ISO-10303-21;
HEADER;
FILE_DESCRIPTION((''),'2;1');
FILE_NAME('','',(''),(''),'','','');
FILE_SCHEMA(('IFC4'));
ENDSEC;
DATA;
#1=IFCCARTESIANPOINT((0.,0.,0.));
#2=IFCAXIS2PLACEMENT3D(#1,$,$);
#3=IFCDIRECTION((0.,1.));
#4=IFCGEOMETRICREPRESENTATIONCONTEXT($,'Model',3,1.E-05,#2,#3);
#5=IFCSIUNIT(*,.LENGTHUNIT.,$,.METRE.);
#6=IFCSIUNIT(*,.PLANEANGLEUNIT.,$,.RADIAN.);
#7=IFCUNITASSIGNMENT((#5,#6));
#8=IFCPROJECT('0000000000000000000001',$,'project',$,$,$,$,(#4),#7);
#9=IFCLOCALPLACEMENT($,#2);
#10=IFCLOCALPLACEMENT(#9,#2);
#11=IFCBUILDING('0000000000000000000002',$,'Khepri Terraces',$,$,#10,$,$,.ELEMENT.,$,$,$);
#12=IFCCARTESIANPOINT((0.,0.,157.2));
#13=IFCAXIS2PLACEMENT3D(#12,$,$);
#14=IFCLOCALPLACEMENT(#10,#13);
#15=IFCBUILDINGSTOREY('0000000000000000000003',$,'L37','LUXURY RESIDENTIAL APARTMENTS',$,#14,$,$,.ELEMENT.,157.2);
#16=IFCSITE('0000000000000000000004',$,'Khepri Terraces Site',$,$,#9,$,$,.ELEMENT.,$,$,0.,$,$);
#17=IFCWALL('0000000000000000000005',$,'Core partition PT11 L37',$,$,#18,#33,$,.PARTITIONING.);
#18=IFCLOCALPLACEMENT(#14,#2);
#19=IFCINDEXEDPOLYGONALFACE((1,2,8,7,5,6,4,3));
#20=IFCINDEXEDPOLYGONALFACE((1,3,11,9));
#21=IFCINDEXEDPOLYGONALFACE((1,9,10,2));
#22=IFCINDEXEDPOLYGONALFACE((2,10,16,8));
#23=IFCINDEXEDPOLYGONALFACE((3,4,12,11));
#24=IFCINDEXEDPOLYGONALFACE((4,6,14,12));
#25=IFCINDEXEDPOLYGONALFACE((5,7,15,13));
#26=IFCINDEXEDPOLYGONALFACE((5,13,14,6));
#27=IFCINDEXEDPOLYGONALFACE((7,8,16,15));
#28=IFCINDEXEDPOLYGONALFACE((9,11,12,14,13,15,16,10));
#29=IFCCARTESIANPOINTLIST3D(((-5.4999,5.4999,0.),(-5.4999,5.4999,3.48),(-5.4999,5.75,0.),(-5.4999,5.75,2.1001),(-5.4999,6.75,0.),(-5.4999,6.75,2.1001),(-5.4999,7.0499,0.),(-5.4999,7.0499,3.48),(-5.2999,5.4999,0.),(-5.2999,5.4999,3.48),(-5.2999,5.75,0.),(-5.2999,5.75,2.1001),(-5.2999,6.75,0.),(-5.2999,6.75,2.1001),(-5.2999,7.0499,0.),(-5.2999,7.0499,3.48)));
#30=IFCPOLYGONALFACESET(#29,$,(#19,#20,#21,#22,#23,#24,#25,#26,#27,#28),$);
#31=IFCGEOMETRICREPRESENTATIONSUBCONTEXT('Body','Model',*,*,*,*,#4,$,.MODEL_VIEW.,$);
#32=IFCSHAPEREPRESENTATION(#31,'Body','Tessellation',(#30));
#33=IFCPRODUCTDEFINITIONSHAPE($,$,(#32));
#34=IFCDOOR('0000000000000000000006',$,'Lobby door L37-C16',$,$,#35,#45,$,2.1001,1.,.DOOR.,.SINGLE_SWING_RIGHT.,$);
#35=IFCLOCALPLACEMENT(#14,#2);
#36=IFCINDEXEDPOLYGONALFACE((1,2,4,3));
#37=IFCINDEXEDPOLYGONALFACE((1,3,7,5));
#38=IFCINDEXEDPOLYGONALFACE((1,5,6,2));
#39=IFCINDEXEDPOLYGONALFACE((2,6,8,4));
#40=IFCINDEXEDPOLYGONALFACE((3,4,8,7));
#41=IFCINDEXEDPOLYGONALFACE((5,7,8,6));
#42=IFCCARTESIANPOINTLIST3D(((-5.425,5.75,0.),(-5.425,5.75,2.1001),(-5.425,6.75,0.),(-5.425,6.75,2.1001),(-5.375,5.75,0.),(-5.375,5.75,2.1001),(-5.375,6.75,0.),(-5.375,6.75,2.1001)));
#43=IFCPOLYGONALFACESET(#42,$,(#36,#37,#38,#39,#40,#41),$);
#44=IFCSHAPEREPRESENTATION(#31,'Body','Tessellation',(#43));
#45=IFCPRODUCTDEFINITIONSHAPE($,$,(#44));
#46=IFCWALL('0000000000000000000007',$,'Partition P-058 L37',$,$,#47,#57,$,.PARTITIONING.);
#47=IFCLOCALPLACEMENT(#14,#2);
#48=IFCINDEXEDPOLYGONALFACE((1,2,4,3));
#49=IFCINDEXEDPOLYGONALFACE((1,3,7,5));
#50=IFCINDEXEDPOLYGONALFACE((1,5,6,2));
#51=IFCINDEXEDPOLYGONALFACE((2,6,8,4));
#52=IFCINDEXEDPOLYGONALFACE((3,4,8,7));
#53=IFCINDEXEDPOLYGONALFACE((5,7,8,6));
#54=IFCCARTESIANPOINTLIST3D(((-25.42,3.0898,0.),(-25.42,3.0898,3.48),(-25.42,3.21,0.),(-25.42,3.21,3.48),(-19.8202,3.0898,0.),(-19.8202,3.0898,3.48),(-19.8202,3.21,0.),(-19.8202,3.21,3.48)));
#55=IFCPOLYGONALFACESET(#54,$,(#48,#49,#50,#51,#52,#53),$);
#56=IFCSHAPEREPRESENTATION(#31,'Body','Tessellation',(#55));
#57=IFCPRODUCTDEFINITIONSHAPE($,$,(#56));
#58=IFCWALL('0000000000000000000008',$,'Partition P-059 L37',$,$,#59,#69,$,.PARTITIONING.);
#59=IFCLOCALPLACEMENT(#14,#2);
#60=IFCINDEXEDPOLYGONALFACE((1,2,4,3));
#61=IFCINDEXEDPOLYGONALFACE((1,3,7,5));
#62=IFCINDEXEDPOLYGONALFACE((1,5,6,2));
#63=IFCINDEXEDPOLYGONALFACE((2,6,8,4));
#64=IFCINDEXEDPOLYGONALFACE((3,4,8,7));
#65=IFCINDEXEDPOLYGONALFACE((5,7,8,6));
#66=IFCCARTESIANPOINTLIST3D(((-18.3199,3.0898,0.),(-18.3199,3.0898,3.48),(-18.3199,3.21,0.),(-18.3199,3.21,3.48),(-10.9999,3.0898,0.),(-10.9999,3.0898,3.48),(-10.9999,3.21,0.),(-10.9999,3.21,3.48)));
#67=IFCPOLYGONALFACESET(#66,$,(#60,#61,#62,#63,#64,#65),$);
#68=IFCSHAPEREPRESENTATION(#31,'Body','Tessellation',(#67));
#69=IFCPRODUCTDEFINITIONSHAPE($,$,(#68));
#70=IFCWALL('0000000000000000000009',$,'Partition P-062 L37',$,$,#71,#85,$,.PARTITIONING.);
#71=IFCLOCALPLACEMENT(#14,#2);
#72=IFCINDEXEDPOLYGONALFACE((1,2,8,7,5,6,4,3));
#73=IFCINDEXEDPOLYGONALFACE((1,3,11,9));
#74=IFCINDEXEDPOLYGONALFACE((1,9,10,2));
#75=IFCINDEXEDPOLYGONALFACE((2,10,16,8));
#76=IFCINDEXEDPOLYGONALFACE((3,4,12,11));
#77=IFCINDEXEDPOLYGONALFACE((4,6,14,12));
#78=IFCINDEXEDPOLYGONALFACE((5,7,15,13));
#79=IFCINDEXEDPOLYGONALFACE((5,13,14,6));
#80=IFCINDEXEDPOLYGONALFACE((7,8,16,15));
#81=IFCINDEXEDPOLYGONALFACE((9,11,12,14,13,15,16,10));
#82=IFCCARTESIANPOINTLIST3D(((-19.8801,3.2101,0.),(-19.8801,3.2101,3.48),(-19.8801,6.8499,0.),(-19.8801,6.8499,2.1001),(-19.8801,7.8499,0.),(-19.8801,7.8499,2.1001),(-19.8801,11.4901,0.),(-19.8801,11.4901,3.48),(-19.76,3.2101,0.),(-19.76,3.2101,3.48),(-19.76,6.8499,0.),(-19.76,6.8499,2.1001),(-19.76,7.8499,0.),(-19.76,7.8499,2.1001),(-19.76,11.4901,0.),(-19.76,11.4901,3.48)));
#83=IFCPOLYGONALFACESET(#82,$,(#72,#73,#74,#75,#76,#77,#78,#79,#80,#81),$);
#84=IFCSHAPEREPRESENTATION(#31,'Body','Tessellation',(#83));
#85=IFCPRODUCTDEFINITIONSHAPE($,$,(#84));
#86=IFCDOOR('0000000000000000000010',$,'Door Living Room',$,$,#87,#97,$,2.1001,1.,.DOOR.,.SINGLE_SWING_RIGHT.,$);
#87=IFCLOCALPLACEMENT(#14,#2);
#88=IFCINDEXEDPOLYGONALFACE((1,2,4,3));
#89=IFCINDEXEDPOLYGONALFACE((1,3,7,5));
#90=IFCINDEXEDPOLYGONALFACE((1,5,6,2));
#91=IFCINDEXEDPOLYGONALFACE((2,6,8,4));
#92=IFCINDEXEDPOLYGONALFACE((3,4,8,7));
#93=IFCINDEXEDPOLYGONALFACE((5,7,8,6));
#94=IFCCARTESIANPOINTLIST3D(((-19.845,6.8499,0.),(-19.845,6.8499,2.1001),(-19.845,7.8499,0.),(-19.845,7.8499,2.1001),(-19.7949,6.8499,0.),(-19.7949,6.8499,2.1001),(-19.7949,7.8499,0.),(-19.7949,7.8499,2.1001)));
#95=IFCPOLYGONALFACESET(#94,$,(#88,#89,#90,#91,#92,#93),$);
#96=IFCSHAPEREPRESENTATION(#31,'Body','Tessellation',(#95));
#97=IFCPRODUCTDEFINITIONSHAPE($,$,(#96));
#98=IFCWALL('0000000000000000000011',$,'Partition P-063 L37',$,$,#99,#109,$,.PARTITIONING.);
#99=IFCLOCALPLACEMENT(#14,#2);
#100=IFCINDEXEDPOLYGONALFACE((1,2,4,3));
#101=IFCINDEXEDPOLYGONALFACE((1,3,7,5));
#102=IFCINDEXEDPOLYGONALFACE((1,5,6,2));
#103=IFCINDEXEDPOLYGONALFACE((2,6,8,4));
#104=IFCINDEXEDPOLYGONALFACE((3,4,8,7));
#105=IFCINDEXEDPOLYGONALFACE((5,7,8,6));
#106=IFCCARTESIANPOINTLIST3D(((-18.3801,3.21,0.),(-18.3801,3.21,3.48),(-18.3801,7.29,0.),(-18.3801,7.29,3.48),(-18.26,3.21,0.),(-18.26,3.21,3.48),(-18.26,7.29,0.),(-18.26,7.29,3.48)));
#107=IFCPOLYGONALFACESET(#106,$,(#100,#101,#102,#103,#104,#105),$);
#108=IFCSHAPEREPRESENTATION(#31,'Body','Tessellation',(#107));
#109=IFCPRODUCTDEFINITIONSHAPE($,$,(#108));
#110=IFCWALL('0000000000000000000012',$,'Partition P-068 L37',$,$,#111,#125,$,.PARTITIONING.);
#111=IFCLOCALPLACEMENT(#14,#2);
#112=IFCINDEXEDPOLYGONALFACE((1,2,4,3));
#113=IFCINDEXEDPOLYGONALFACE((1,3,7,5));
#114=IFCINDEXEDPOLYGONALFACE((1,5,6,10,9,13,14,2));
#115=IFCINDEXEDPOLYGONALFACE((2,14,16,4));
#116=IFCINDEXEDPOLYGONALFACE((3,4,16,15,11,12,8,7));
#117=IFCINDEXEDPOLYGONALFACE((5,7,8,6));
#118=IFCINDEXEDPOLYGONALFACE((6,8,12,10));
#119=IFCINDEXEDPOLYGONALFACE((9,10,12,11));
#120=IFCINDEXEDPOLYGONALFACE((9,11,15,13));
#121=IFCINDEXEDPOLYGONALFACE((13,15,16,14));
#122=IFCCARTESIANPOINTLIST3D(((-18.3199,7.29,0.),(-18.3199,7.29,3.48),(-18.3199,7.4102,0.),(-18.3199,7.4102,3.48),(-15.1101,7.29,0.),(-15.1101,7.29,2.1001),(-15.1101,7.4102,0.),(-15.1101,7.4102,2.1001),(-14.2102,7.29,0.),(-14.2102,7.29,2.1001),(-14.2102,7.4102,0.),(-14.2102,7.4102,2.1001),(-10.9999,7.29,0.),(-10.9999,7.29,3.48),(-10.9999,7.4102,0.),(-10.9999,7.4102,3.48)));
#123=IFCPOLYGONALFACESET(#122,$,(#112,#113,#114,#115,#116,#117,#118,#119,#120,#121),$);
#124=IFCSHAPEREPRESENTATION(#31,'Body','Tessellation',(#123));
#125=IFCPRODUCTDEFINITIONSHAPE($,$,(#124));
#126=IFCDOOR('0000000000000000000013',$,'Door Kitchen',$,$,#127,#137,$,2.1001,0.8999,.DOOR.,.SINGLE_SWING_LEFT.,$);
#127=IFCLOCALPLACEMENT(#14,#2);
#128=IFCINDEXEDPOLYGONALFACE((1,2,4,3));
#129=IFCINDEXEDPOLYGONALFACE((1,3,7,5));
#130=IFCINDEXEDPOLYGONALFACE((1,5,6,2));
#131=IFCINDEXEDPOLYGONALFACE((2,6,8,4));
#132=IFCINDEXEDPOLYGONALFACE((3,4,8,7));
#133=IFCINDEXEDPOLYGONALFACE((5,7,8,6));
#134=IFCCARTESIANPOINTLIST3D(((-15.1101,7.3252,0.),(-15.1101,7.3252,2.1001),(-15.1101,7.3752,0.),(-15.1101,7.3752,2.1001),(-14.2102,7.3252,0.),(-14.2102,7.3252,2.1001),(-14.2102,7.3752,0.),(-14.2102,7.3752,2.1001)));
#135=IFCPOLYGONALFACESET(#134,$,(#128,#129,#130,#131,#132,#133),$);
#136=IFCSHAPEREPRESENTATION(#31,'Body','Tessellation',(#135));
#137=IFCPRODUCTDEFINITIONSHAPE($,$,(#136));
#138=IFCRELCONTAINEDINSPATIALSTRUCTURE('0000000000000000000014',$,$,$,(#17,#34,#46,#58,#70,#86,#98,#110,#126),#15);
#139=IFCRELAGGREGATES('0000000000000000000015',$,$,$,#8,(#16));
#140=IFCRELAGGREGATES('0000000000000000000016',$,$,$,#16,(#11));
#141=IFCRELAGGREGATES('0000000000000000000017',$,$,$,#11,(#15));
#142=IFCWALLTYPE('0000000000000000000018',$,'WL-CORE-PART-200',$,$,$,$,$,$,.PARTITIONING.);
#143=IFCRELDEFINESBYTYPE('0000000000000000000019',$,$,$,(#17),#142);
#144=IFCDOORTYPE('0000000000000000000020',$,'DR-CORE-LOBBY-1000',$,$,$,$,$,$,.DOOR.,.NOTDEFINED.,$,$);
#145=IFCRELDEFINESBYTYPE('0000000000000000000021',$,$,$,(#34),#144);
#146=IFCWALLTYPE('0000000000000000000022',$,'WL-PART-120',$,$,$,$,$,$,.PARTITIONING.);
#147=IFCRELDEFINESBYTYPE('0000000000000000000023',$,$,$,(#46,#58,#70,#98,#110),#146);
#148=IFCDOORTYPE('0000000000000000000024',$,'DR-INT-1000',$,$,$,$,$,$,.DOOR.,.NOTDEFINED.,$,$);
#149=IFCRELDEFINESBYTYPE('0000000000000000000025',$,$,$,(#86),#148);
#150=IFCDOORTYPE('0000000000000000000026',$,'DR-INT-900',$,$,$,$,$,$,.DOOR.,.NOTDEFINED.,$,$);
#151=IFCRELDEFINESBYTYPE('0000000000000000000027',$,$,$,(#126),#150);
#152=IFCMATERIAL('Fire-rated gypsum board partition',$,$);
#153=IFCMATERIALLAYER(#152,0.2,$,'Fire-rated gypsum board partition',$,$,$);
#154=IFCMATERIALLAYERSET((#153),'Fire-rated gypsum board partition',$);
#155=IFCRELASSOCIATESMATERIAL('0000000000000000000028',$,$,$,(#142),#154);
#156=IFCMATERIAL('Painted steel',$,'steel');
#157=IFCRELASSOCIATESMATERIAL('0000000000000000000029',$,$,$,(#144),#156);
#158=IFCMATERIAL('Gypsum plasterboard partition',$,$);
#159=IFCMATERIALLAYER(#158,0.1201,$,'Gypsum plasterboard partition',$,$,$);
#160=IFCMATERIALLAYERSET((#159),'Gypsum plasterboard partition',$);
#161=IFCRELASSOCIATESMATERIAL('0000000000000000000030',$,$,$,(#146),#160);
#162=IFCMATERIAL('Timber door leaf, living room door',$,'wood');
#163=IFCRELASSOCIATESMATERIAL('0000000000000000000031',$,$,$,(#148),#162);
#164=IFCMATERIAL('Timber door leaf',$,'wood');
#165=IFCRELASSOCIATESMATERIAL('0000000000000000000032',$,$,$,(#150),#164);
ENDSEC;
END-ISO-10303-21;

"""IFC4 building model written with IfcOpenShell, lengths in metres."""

from ifc_helpers import new_model, si_unit, direction, frame, frame_2d, origin, place, context, subcontext, project, spatial, rectangle, extrude, material, layer, layer_set, type_object, element, fill, save


model = new_model("IFC4")

# Units and contexts
model_context = context("Model", 3, precision=1e-05, world=origin(), true_north=direction((0.0, 1.0)))
body_context = subcontext(model_context, "Body", "Model", "MODEL_VIEW")
ifc_project = project(units=[si_unit("LENGTHUNIT", "METRE"), si_unit("PLANEANGLEUNIT", "RADIAN")], contexts=[model_context])

# Site, building, storey
site_placement = place(None, origin())
site = spatial("IfcSite", under=ifc_project, at=site_placement, Name="Khepri Terraces Site", CompositionType="ELEMENT", RefElevation=0.0)
building_placement = place(site_placement, origin())
building = spatial("IfcBuilding", under=site, at=building_placement, Name="Khepri Terraces", CompositionType="ELEMENT")
storey_placement = place(building_placement, frame((0.0, 0.0, 157.2)))
storey = spatial("IfcBuildingStorey", under=building, at=storey_placement, Name="L37", Description="LUXURY RESIDENTIAL APARTMENTS", CompositionType="ELEMENT", Elevation=157.2)

# Shared definitions
ifc_material_1 = material(Name="Painted steel", Category="steel")

# Shared definitions
ifc_material_2 = material(Name="Fire-rated gypsum board partition")

# Wall, opening, door
ifc_layer_1 = layer(ifc_material_2, 0.2, Name="Fire-rated gypsum board partition")
ifc_layer_set_1 = layer_set([ifc_layer_1], Name="Fire-rated gypsum board partition")
wall_type_1 = type_object("IfcWallType", Name="WL-CORE-PART-200", PredefinedType="PARTITIONING", material=ifc_layer_set_1)
wall_1_placement = place(storey_placement, frame((-5.3999, 5.5, 0.0), z_axis=(0.0, 0.0, 1.0), x_axis=(0.0, 1.0, 0.0)))
wall_1 = element("IfcWall", 1, at=wall_1_placement, inside=storey, type_object=wall_type_1, Name="Core partition PT11 L37", PredefinedType="PARTITIONING", context=body_context, shape_type="SweptSolid", body=[
    extrude(rectangle(XDim=1.55, YDim=0.2, at=frame_2d((0.7749, 0.0))), origin(), (0.0, 0.0, 1.0), 3.48),
])
opening_1_placement = place(wall_1_placement, frame((0.25, 0.0, 0.0)))
opening_1 = element("IfcOpeningElement", 2, at=opening_1_placement, cuts=wall_1, PredefinedType="OPENING", context=body_context, shape_type="SweptSolid", body=[
    extrude(rectangle(XDim=1.0, YDim=2.1001, at=frame_2d((0.5, 1.05))), frame((0.0, 0.1099, 0.0), z_axis=(0.0, -1.0, 0.0), x_axis=(1.0, 0.0, 0.0)), (0.0, 0.0, 1.0), 0.22),
])
door_type_1 = type_object("IfcDoorType", Name="DR-CORE-LOBBY-1000", OperationType="NOTDEFINED", PredefinedType="DOOR", material=ifc_material_1)
door_1_placement = place(opening_1_placement, frame((1.0, 0.0, 0.0), z_axis=(0.0, 0.0, 1.0), x_axis=(-1.0, 0.0, 0.0)))
door_1 = element("IfcDoor", 3, at=door_1_placement, inside=storey, type_object=door_type_1, Name="Lobby door L37-C16", OperationType="SINGLE_SWING_RIGHT", OverallHeight=2.1001, OverallWidth=1.0, PredefinedType="DOOR", context=body_context, shape_type="SweptSolid", body=[
    extrude(rectangle(XDim=1.0, YDim=2.1001, at=frame_2d((0.5, 1.05))), frame((0.0, 0.0249, 0.0), z_axis=(0.0, -1.0, 0.0), x_axis=(1.0, 0.0, 0.0)), (0.0, 0.0, 1.0), 0.05),
])
fill(opening_1, door_1)

# Walls
ifc_material_3 = material(Name="Gypsum plasterboard partition")
ifc_layer_2 = layer(ifc_material_3, 0.1201, Name="Gypsum plasterboard partition")
ifc_layer_set_2 = layer_set([ifc_layer_2], Name="Gypsum plasterboard partition")
wall_type_2 = type_object("IfcWallType", Name="WL-PART-120", PredefinedType="PARTITIONING", material=ifc_layer_set_2)
wall_2_placement = place(storey_placement, frame((-25.4199, 3.1499, 0.0), z_axis=(0.0, 0.0, 1.0), x_axis=(1.0, 0.0, 0.0)))
element("IfcWall", 4, at=wall_2_placement, inside=storey, type_object=wall_type_2, Name="Partition P-058 L37", PredefinedType="PARTITIONING", context=body_context, shape_type="SweptSolid", body=[
    extrude(rectangle(XDim=5.5999, YDim=0.1201, at=frame_2d((2.7998, 0.0))), origin(), (0.0, 0.0, 1.0), 3.48),
])
wall_3_placement = place(storey_placement, frame((-18.3201, 3.1499, 0.0), z_axis=(0.0, 0.0, 1.0), x_axis=(1.0, 0.0, 0.0)))
element("IfcWall", 5, at=wall_3_placement, inside=storey, type_object=wall_type_2, Name="Partition P-059 L37", PredefinedType="PARTITIONING", context=body_context, shape_type="SweptSolid", body=[
    extrude(rectangle(XDim=7.3201, YDim=0.1201, at=frame_2d((3.6602, 0.0))), origin(), (0.0, 0.0, 1.0), 3.48),
])

# Wall, opening, door
wall_4_placement = place(storey_placement, frame((-19.8201, 3.21, 0.0), z_axis=(0.0, 0.0, 1.0), x_axis=(0.0, 1.0, 0.0)))
wall_4 = element("IfcWall", 6, at=wall_4_placement, inside=storey, type_object=wall_type_2, Name="Partition P-062 L37", PredefinedType="PARTITIONING", context=body_context, shape_type="SweptSolid", body=[
    extrude(rectangle(XDim=8.28, YDim=0.1201, at=frame_2d((4.1401, 0.0))), origin(), (0.0, 0.0, 1.0), 3.48),
])
opening_2_placement = place(wall_4_placement, frame((3.6399, 0.0, 0.0)))
opening_2 = element("IfcOpeningElement", 7, at=opening_2_placement, cuts=wall_4, PredefinedType="OPENING", context=body_context, shape_type="SweptSolid", body=[
    extrude(rectangle(XDim=1.0, YDim=2.1001, at=frame_2d((0.5, 1.05))), frame((0.0, 0.0701, 0.0), z_axis=(0.0, -1.0, 0.0), x_axis=(1.0, 0.0, 0.0)), (0.0, 0.0, 1.0), 0.1401),
])
ifc_material_4 = material(Name="Timber door leaf, living room door", Category="wood")
door_type_2 = type_object("IfcDoorType", Name="DR-INT-1000", OperationType="NOTDEFINED", PredefinedType="DOOR", material=ifc_material_4)
door_2_placement = place(opening_2_placement, origin())
door_2 = element("IfcDoor", 8, at=door_2_placement, inside=storey, type_object=door_type_2, Name="Door Living Room", OperationType="SINGLE_SWING_RIGHT", OverallHeight=2.1001, OverallWidth=1.0, PredefinedType="DOOR", context=body_context, shape_type="SweptSolid", body=[
    extrude(rectangle(XDim=1.0, YDim=2.1001, at=frame_2d((0.5, 1.05))), frame((0.0, 0.0249, 0.0), z_axis=(0.0, -1.0, 0.0), x_axis=(1.0, 0.0, 0.0)), (0.0, 0.0, 1.0), 0.05),
])
fill(opening_2, door_2)

# Wall
wall_5_placement = place(storey_placement, frame((-18.3201, 3.21, 0.0), z_axis=(0.0, 0.0, 1.0), x_axis=(0.0, 1.0, 0.0)))
element("IfcWall", 9, at=wall_5_placement, inside=storey, type_object=wall_type_2, Name="Partition P-063 L37", PredefinedType="PARTITIONING", context=body_context, shape_type="SweptSolid", body=[
    extrude(rectangle(XDim=4.0801, YDim=0.1201, at=frame_2d((2.04, 0.0))), origin(), (0.0, 0.0, 1.0), 3.48),
])

# Wall, opening, door
wall_6_placement = place(storey_placement, frame((-18.3201, 7.3501, 0.0), z_axis=(0.0, 0.0, 1.0), x_axis=(1.0, 0.0, 0.0)))
wall_6 = element("IfcWall", 10, at=wall_6_placement, inside=storey, type_object=wall_type_2, Name="Partition P-068 L37", PredefinedType="PARTITIONING", context=body_context, shape_type="SweptSolid", body=[
    extrude(rectangle(XDim=7.3201, YDim=0.1201, at=frame_2d((3.6602, 0.0))), origin(), (0.0, 0.0, 1.0), 3.48),
])
opening_3_placement = place(wall_6_placement, frame((3.21, 0.0, 0.0)))
opening_3 = element("IfcOpeningElement", 11, at=opening_3_placement, cuts=wall_6, PredefinedType="OPENING", context=body_context, shape_type="SweptSolid", body=[
    extrude(rectangle(XDim=0.8999, YDim=2.1001, at=frame_2d((0.45, 1.05))), frame((0.0, 0.0701, 0.0), z_axis=(0.0, -1.0, 0.0), x_axis=(1.0, 0.0, 0.0)), (0.0, 0.0, 1.0), 0.1401),
])
ifc_material_5 = material(Name="Timber door leaf", Category="wood")
door_type_3 = type_object("IfcDoorType", Name="DR-INT-900", OperationType="NOTDEFINED", PredefinedType="DOOR", material=ifc_material_5)
door_3_placement = place(opening_3_placement, frame((0.8999, 0.0, 0.0), z_axis=(0.0, 0.0, 1.0), x_axis=(-1.0, 0.0, 0.0)))
door_3 = element("IfcDoor", 12, at=door_3_placement, inside=storey, type_object=door_type_3, Name="Door Kitchen", OperationType="SINGLE_SWING_LEFT", OverallHeight=2.1001, OverallWidth=0.8999, PredefinedType="DOOR", context=body_context, shape_type="SweptSolid", body=[
    extrude(rectangle(XDim=0.8999, YDim=2.1001, at=frame_2d((0.45, 1.05))), frame((0.0, 0.0249, 0.0), z_axis=(0.0, -1.0, 0.0), x_axis=(1.0, 0.0, 0.0)), (0.0, 0.0, 1.0), 0.05),
])
fill(opening_3, door_3)

save(model, "model.ifc")
